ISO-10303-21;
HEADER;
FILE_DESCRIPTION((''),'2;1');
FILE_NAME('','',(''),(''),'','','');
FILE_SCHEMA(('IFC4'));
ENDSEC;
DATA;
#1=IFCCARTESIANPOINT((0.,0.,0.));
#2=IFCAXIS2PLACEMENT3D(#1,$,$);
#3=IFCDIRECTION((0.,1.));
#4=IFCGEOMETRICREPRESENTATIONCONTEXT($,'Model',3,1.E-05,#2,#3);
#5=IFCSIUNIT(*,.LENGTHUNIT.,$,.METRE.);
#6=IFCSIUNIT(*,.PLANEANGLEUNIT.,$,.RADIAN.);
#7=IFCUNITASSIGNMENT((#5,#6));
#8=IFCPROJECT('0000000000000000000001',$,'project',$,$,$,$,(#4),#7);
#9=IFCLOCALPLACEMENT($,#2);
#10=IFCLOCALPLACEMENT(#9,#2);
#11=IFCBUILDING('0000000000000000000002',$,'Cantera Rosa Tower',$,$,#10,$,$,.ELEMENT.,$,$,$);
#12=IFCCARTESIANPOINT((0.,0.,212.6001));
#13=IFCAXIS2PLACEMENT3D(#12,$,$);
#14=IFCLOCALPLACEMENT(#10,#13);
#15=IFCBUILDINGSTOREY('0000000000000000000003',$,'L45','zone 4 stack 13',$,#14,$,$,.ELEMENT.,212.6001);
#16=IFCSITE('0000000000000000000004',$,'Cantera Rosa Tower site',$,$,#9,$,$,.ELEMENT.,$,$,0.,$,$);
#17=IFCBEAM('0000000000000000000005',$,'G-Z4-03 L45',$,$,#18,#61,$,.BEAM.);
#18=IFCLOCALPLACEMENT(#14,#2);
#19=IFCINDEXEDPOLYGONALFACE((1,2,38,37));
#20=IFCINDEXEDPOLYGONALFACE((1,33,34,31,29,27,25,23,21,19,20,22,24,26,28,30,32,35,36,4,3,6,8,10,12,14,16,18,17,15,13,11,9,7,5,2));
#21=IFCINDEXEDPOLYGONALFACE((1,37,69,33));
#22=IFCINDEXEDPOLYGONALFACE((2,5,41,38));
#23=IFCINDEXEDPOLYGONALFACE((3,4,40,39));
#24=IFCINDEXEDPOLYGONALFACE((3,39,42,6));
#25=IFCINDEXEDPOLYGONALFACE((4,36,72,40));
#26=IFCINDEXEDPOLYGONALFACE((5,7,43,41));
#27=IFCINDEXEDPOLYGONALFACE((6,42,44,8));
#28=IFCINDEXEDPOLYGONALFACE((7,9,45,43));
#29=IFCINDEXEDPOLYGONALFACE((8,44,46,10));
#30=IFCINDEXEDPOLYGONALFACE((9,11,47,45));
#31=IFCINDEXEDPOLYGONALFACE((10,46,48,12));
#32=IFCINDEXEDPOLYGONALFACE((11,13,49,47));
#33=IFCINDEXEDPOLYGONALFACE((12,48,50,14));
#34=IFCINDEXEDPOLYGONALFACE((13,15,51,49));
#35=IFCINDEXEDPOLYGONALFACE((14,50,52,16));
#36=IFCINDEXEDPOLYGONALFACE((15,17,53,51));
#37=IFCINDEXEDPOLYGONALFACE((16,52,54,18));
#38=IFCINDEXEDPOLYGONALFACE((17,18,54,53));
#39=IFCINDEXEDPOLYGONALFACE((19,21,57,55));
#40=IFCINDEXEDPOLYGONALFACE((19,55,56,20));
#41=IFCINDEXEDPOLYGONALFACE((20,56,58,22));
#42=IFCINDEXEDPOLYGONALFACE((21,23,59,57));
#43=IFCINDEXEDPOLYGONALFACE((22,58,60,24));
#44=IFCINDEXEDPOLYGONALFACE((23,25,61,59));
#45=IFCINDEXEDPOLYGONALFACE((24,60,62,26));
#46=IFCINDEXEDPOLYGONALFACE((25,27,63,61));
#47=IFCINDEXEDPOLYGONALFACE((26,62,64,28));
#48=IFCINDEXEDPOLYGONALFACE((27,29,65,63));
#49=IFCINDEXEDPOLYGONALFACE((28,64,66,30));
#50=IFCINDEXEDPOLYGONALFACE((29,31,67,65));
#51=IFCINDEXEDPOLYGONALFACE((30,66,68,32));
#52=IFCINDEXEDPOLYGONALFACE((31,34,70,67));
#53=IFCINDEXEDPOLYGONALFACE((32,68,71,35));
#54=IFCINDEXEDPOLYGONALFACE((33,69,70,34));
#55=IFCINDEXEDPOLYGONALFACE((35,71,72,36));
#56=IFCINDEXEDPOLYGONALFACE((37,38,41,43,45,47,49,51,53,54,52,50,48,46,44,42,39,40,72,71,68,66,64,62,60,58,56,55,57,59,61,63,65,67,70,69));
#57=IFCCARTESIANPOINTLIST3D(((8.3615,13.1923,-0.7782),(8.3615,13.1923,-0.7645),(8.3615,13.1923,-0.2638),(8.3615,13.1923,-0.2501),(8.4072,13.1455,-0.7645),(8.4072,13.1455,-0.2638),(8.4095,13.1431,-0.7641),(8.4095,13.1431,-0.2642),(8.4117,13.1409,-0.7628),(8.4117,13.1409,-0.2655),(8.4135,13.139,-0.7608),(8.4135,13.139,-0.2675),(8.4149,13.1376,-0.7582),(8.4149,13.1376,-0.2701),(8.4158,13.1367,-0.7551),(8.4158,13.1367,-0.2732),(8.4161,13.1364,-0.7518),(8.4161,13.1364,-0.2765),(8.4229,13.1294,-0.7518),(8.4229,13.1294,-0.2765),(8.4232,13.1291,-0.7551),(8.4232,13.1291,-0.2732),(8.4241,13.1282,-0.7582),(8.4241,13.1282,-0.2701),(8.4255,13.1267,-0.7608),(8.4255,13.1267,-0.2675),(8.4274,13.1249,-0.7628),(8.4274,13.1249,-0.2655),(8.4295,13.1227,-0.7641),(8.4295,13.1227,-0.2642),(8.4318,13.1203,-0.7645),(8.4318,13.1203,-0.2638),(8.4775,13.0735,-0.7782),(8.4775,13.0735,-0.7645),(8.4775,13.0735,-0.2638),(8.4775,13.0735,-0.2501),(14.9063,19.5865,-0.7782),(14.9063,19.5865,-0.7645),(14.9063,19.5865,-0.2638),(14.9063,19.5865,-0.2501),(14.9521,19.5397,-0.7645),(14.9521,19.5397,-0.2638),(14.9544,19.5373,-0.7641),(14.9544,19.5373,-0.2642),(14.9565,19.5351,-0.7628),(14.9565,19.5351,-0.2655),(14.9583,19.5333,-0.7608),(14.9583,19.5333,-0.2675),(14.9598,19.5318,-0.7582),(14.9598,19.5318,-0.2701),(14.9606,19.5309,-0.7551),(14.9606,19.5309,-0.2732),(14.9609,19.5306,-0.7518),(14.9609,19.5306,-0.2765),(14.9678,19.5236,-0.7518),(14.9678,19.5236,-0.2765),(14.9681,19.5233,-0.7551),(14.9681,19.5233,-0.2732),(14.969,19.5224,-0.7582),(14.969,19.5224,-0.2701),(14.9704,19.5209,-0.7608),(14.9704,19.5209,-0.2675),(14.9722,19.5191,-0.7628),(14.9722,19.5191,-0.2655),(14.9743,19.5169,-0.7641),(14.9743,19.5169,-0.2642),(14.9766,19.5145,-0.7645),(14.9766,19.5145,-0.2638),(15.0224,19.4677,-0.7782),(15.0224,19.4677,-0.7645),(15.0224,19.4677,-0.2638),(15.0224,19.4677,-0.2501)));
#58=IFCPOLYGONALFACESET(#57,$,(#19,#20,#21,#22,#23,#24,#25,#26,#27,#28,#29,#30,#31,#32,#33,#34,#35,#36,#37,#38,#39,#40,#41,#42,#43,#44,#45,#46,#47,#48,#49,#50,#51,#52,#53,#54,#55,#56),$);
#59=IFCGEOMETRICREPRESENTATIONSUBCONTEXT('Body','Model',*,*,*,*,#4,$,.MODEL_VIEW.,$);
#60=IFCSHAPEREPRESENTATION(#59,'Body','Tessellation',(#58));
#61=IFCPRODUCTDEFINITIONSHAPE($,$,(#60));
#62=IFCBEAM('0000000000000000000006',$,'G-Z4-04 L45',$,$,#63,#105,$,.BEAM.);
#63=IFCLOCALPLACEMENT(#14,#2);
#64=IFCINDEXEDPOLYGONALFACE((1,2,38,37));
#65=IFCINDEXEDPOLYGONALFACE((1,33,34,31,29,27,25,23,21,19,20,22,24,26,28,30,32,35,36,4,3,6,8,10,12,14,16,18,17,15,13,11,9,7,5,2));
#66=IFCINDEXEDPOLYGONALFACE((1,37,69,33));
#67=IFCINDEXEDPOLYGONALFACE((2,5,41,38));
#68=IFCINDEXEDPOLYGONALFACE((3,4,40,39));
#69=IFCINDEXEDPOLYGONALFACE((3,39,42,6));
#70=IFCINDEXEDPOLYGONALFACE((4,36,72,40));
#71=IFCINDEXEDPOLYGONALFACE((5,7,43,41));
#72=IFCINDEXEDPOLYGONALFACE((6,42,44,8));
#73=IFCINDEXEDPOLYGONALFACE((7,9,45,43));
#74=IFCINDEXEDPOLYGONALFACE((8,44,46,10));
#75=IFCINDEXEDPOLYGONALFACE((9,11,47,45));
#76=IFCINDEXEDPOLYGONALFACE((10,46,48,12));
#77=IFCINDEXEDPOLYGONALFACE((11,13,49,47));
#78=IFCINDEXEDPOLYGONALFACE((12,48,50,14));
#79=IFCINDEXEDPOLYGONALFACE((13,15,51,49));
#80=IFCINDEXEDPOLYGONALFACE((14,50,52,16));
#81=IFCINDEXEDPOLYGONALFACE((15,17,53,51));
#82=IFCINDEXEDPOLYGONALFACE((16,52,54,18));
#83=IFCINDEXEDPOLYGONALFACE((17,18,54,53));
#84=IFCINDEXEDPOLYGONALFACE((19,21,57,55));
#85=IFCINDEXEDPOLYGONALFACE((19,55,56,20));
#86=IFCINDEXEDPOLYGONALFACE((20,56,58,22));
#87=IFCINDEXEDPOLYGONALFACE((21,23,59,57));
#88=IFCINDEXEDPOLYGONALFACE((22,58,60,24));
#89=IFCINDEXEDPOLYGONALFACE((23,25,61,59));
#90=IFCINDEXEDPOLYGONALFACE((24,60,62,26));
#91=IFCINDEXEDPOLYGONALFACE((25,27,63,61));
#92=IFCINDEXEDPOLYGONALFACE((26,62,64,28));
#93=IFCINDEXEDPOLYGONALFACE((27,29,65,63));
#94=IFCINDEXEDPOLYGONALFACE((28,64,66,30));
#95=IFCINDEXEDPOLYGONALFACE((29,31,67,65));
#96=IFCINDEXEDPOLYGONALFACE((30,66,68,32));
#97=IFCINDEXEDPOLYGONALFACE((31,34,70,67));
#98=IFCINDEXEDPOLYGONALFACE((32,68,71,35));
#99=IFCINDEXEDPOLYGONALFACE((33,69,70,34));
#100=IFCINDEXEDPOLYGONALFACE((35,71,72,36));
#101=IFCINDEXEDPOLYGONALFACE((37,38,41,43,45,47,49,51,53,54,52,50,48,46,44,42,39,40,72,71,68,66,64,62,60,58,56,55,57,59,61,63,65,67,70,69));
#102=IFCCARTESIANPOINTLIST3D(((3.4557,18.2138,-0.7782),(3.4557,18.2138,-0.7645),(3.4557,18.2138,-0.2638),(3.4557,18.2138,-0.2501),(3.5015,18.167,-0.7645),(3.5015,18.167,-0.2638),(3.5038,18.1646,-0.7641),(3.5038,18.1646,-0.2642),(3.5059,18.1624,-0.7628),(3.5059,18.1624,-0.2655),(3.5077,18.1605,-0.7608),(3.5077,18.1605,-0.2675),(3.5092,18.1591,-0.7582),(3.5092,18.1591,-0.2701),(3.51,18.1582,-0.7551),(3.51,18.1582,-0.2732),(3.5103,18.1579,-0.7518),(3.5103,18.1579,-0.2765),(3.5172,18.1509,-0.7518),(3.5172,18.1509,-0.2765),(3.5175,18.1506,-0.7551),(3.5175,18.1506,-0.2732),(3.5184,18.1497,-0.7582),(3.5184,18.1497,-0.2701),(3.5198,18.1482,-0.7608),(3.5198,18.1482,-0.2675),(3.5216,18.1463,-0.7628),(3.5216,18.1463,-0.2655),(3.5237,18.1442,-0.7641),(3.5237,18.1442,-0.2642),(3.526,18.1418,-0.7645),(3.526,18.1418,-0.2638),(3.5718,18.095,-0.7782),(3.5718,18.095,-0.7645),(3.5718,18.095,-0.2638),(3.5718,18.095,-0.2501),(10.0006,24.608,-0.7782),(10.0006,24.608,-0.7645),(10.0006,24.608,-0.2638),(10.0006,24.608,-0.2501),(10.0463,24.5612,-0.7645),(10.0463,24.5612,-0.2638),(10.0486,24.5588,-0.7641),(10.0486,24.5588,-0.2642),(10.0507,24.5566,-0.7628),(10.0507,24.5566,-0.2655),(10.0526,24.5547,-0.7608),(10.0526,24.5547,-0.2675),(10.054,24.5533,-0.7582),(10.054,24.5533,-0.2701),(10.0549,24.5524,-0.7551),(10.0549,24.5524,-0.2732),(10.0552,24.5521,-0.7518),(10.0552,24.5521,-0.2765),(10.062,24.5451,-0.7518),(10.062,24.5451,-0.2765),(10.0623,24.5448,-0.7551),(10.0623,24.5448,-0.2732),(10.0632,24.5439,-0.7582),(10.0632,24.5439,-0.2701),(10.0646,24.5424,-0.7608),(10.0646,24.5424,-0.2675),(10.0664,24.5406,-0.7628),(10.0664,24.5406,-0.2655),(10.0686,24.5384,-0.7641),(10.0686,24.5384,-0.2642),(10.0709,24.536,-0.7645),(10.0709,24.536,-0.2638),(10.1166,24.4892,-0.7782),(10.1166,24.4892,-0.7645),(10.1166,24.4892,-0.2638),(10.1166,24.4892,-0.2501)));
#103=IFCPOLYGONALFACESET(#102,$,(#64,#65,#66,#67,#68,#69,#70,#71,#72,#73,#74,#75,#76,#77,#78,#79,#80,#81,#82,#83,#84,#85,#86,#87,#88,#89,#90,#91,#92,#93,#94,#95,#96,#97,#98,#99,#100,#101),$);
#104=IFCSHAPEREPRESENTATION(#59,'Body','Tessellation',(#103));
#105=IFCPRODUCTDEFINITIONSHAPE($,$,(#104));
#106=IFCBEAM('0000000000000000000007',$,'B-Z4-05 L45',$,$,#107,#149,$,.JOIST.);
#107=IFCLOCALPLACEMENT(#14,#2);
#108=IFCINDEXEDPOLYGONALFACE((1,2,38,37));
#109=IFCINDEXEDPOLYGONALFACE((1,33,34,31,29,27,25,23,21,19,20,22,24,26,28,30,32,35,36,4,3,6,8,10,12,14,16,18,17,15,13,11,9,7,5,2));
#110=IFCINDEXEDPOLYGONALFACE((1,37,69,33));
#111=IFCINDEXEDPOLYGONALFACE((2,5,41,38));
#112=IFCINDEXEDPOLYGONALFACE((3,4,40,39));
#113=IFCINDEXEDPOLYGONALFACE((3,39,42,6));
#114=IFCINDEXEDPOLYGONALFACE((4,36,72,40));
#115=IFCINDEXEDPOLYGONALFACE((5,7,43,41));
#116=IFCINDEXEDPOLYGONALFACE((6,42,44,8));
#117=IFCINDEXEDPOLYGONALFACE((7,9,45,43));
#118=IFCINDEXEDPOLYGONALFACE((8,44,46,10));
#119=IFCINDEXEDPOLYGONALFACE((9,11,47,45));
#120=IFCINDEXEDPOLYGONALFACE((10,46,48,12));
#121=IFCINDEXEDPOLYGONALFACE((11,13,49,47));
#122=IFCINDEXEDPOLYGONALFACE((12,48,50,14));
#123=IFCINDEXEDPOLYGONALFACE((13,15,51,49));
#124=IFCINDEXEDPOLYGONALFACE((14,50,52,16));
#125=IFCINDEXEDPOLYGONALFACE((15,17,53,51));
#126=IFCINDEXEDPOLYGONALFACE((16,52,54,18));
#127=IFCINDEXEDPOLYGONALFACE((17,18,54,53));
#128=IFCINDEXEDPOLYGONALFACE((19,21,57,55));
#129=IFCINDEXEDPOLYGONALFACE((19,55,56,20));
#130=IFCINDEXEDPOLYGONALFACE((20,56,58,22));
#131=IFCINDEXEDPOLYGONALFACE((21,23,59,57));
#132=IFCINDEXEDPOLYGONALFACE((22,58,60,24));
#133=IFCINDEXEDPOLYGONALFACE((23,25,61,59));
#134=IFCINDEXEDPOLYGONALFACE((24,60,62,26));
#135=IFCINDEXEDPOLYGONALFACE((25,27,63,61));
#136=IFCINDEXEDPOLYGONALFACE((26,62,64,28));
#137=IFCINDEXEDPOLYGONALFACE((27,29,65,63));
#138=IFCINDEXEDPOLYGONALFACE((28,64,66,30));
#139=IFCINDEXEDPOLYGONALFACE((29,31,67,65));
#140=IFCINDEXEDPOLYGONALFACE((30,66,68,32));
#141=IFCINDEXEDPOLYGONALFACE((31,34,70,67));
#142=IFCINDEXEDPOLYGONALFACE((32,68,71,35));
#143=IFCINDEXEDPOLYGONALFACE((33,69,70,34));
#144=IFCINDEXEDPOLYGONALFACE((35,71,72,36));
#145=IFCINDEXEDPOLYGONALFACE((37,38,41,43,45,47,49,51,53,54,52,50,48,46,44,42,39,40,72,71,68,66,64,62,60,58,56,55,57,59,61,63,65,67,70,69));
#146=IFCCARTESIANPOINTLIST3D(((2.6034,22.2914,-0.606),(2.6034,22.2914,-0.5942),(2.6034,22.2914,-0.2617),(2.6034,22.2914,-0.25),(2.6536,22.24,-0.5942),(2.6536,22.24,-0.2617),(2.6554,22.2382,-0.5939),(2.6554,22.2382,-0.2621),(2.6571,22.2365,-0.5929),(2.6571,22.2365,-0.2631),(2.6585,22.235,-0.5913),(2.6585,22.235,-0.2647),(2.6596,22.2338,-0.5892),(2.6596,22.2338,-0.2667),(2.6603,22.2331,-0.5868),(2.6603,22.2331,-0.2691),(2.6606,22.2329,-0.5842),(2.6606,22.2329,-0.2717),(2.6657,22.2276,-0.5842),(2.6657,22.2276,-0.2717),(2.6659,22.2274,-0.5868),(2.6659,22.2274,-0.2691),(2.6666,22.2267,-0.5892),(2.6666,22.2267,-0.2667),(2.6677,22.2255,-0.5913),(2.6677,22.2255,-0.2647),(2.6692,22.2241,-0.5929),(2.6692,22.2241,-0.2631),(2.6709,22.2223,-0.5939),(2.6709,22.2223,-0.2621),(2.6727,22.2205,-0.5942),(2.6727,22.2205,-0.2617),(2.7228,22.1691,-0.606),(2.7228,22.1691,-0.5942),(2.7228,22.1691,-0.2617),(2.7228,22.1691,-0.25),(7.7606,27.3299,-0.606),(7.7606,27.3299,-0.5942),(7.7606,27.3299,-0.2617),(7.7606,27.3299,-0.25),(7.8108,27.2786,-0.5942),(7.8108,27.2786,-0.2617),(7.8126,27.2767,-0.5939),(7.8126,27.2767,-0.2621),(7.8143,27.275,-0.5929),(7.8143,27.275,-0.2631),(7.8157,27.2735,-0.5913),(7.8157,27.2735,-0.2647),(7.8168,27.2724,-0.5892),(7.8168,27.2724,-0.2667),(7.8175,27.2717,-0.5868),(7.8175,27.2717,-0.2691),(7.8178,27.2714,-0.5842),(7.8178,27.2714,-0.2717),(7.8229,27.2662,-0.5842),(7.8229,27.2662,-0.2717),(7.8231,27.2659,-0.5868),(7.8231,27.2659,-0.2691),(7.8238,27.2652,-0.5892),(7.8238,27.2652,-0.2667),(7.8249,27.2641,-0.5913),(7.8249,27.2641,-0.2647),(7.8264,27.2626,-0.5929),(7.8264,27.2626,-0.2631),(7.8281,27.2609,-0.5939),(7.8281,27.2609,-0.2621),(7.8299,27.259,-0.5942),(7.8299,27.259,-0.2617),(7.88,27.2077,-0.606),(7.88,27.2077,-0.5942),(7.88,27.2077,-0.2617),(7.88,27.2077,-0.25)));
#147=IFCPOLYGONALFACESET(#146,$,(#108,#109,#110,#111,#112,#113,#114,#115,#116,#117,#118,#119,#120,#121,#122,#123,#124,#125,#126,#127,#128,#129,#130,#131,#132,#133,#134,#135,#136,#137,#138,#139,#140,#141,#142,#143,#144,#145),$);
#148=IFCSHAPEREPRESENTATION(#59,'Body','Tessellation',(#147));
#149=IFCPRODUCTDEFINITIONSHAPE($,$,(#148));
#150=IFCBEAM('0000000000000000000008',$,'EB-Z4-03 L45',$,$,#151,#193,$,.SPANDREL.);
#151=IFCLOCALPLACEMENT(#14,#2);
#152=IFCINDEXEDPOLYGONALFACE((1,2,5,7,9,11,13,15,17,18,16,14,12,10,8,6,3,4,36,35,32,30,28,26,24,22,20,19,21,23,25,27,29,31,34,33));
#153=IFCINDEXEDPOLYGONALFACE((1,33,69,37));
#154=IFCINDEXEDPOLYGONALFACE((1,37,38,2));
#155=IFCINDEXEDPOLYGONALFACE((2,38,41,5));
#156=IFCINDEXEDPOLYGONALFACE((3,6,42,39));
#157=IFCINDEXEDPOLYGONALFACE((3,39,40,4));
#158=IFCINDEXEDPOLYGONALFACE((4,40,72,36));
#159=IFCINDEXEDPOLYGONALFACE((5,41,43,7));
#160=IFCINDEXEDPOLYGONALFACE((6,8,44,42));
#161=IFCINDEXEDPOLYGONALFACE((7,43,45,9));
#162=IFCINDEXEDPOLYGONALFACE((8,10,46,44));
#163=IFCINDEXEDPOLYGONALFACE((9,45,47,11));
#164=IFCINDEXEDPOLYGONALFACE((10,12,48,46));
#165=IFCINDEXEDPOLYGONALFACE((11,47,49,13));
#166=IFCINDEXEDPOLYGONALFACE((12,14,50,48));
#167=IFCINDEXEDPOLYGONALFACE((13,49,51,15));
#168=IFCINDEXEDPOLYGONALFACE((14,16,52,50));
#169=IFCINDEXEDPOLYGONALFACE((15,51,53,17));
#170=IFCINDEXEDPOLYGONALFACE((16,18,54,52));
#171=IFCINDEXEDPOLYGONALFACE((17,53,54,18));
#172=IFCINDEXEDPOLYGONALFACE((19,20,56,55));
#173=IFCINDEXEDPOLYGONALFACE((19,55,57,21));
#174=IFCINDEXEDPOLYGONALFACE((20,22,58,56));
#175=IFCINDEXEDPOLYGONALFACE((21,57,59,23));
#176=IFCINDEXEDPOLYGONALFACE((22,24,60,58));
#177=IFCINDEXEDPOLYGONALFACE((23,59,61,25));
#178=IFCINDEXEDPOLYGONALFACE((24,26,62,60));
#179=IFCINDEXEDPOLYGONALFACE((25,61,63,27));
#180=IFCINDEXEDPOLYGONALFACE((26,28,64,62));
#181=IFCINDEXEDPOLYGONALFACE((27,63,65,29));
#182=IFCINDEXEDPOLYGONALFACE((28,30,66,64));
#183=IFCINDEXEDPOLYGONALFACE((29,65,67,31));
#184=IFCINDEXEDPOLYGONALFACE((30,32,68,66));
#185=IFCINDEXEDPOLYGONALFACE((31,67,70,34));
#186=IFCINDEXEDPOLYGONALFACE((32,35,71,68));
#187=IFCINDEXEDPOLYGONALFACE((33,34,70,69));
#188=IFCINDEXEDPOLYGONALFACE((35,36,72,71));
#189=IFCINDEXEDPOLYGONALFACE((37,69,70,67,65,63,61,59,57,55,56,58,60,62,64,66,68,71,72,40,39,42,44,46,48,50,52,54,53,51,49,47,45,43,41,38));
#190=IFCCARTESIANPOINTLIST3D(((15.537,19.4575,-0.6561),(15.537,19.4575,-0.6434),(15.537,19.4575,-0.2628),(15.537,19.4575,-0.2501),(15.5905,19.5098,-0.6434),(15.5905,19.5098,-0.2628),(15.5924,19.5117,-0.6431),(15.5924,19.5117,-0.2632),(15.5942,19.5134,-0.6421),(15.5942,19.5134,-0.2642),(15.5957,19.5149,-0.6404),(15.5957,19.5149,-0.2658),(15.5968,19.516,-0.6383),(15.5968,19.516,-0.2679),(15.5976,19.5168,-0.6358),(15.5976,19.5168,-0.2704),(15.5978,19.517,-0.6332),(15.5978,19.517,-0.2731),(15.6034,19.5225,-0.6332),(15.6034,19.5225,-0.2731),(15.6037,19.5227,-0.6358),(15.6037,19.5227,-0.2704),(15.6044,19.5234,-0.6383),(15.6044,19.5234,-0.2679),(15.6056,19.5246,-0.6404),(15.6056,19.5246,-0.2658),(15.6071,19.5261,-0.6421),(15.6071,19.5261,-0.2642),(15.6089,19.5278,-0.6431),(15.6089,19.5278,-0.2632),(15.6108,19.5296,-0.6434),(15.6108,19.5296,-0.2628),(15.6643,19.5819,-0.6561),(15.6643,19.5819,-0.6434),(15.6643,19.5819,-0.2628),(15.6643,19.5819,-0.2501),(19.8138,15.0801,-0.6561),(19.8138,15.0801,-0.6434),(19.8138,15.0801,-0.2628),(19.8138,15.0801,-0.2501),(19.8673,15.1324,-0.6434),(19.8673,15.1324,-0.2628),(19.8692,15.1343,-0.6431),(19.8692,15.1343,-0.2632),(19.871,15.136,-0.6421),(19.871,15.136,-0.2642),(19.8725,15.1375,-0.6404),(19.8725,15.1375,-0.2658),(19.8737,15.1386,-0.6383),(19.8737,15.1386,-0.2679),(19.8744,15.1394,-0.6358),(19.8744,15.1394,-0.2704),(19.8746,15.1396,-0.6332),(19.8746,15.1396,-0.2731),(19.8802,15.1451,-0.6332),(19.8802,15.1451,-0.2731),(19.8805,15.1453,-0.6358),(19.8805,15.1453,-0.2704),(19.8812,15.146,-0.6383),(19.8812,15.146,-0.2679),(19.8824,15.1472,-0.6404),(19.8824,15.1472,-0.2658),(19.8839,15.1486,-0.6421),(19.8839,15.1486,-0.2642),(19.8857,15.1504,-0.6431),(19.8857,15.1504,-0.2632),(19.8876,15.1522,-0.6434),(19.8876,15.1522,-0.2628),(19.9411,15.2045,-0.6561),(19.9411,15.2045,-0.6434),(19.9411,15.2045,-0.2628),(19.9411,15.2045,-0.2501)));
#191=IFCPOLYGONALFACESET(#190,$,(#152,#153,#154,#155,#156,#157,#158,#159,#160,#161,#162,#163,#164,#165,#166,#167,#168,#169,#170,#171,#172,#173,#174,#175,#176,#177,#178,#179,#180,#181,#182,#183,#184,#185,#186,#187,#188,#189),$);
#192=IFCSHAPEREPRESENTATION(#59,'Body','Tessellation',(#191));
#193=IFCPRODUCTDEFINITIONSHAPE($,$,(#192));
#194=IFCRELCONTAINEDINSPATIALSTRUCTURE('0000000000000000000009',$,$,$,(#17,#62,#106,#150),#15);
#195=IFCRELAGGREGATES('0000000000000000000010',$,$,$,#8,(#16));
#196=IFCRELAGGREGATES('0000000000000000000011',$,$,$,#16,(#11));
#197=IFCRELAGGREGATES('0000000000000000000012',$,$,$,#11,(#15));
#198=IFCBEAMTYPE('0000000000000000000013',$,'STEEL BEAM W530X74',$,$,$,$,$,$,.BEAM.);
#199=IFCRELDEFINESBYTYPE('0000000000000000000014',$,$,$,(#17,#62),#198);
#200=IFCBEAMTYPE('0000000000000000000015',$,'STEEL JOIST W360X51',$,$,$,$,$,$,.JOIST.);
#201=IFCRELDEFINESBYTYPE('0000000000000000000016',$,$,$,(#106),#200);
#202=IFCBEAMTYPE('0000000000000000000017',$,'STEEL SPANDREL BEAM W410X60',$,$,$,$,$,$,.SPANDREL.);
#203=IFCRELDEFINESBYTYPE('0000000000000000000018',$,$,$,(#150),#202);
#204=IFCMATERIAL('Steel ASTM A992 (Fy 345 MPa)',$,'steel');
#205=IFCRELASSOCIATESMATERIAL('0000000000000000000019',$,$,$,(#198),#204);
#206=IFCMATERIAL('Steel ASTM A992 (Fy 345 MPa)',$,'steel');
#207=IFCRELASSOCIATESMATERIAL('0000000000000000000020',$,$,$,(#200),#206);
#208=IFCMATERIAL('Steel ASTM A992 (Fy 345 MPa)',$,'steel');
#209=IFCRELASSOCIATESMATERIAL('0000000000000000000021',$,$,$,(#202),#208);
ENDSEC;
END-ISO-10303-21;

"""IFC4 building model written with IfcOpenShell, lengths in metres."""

from ifc_helpers import new_model, si_unit, direction, frame, origin, origin_2d, place, context, subcontext, project, spatial, i_section, extrude, material, material_profile, profile_set, type_object, element, save


model = new_model("IFC4")

# Units and contexts
model_context = context("Model", 3, precision=1e-05, world=origin(), true_north=direction((0.0, 1.0)))
body_context = subcontext(model_context, "Body", "Model", "MODEL_VIEW")
ifc_project = project(units=[si_unit("LENGTHUNIT", "METRE"), si_unit("PLANEANGLEUNIT", "RADIAN")], contexts=[model_context])

# Site, building, storey
site_placement = place(None, origin())
site = spatial("IfcSite", under=ifc_project, at=site_placement, Name="Cantera Rosa Tower site", CompositionType="ELEMENT", RefElevation=0.0)
building_placement = place(site_placement, origin())
building = spatial("IfcBuilding", under=site, at=building_placement, Name="Cantera Rosa Tower", CompositionType="ELEMENT")
storey_placement = place(building_placement, frame((0.0, 0.0, 212.6001)))
storey = spatial("IfcBuildingStorey", under=building, at=storey_placement, Name="L45", Description="zone 4 stack 13", CompositionType="ELEMENT", Elevation=212.6001)

# Beams
ifc_material_1 = material(Name="Steel ASTM A992 (Fy 345 MPa)", Category="steel")
ifc_material_profile_1 = material_profile(ifc_material_1, i_section(OverallWidth=0.166, OverallDepth=0.5281, WebThickness=0.0098, FlangeThickness=0.0137, FilletRadius=0.0127, at=origin_2d()), Name="W530X74")
ifc_profile_set_1 = profile_set([ifc_material_profile_1], Name="Steel ASTM A992 (Fy 345 MPa)")
beam_type_1 = type_object("IfcBeamType", Name="STEEL BEAM W530X74", PredefinedType="BEAM", material=ifc_profile_set_1)
for number, where, z_axis, x_axis, name in (
    (1, (14.9644, 19.5271, -0.5142), (-0.71529, -0.698827, 0.0), (0.698827, -0.71529, 0.0), "G-Z4-03 L45"),
    (2, (10.0586, 24.5486, -0.5142), (-0.71529, -0.698827, 0.0), (0.698827, -0.71529, 0.0), "G-Z4-04 L45"),
):
    element("IfcBeam", number, at=place(storey_placement, frame(where, z_axis=z_axis, x_axis=x_axis)), inside=storey, type_object=beam_type_1, Name=name, PredefinedType="BEAM", context=body_context, shape_type="SweptSolid", body=[
        extrude(i_section(OverallWidth=0.166, OverallDepth=0.5281, WebThickness=0.0098, FlangeThickness=0.0137, FilletRadius=0.0127, at=origin_2d()), origin(), (0.0, 0.0, 1.0), 9.1499),
    ])
ifc_material_2 = material(Name="Steel ASTM A992 (Fy 345 MPa)", Category="steel")
ifc_material_profile_2 = material_profile(ifc_material_2, i_section(OverallWidth=0.1709, OverallDepth=0.356, WebThickness=0.0073, FlangeThickness=0.0117, FilletRadius=0.01, at=origin_2d()), Name="W360X51")
ifc_profile_set_2 = profile_set([ifc_material_profile_2], Name="Steel ASTM A992 (Fy 345 MPa)")
beam_type_2 = type_object("IfcBeamType", Name="STEEL JOIST W360X51", PredefinedType="JOIST", material=ifc_profile_set_2)
beam_1_placement = place(storey_placement, frame((7.8203, 27.2688, -0.428), z_axis=(-0.715287, -0.698831, 0.0), x_axis=(0.698831, -0.715287, 0.0)))
element("IfcBeam", 3, at=beam_1_placement, inside=storey, type_object=beam_type_2, Name="B-Z4-05 L45", PredefinedType="JOIST", context=body_context, shape_type="SweptSolid", body=[
    extrude(i_section(OverallWidth=0.1709, OverallDepth=0.356, WebThickness=0.0073, FlangeThickness=0.0117, FilletRadius=0.01, at=origin_2d()), origin(), (0.0, 0.0, 1.0), 7.21),
])
ifc_material_3 = material(Name="Steel ASTM A992 (Fy 345 MPa)", Category="steel")
ifc_material_profile_3 = material_profile(ifc_material_3, i_section(OverallWidth=0.178, OverallDepth=0.406, WebThickness=0.0078, FlangeThickness=0.0127, FilletRadius=0.0103, at=origin_2d()), Name="W410X60")
ifc_profile_set_3 = profile_set([ifc_material_profile_3], Name="Steel ASTM A992 (Fy 345 MPa)")
beam_type_3 = type_object("IfcBeamType", Name="STEEL SPANDREL BEAM W410X60", PredefinedType="SPANDREL", material=ifc_profile_set_3)
for number, where, z_axis, x_axis, name in (
    (4, (19.8774, 15.1423, -0.4531), (-0.698841, 0.715277, 0.0), (-0.715277, -0.698841, 0.0), "EB-Z4-03 L45"),
):
    element("IfcBeam", number, at=place(storey_placement, frame(where, z_axis=z_axis, x_axis=x_axis)), inside=storey, type_object=beam_type_3, Name=name, PredefinedType="SPANDREL", context=body_context, shape_type="SweptSolid", body=[
        extrude(i_section(OverallWidth=0.178, OverallDepth=0.406, WebThickness=0.0078, FlangeThickness=0.0127, FilletRadius=0.0103, at=origin_2d()), origin(), (0.0, 0.0, 1.0), 6.1199),
    ])

save(model, "model.ifc")
